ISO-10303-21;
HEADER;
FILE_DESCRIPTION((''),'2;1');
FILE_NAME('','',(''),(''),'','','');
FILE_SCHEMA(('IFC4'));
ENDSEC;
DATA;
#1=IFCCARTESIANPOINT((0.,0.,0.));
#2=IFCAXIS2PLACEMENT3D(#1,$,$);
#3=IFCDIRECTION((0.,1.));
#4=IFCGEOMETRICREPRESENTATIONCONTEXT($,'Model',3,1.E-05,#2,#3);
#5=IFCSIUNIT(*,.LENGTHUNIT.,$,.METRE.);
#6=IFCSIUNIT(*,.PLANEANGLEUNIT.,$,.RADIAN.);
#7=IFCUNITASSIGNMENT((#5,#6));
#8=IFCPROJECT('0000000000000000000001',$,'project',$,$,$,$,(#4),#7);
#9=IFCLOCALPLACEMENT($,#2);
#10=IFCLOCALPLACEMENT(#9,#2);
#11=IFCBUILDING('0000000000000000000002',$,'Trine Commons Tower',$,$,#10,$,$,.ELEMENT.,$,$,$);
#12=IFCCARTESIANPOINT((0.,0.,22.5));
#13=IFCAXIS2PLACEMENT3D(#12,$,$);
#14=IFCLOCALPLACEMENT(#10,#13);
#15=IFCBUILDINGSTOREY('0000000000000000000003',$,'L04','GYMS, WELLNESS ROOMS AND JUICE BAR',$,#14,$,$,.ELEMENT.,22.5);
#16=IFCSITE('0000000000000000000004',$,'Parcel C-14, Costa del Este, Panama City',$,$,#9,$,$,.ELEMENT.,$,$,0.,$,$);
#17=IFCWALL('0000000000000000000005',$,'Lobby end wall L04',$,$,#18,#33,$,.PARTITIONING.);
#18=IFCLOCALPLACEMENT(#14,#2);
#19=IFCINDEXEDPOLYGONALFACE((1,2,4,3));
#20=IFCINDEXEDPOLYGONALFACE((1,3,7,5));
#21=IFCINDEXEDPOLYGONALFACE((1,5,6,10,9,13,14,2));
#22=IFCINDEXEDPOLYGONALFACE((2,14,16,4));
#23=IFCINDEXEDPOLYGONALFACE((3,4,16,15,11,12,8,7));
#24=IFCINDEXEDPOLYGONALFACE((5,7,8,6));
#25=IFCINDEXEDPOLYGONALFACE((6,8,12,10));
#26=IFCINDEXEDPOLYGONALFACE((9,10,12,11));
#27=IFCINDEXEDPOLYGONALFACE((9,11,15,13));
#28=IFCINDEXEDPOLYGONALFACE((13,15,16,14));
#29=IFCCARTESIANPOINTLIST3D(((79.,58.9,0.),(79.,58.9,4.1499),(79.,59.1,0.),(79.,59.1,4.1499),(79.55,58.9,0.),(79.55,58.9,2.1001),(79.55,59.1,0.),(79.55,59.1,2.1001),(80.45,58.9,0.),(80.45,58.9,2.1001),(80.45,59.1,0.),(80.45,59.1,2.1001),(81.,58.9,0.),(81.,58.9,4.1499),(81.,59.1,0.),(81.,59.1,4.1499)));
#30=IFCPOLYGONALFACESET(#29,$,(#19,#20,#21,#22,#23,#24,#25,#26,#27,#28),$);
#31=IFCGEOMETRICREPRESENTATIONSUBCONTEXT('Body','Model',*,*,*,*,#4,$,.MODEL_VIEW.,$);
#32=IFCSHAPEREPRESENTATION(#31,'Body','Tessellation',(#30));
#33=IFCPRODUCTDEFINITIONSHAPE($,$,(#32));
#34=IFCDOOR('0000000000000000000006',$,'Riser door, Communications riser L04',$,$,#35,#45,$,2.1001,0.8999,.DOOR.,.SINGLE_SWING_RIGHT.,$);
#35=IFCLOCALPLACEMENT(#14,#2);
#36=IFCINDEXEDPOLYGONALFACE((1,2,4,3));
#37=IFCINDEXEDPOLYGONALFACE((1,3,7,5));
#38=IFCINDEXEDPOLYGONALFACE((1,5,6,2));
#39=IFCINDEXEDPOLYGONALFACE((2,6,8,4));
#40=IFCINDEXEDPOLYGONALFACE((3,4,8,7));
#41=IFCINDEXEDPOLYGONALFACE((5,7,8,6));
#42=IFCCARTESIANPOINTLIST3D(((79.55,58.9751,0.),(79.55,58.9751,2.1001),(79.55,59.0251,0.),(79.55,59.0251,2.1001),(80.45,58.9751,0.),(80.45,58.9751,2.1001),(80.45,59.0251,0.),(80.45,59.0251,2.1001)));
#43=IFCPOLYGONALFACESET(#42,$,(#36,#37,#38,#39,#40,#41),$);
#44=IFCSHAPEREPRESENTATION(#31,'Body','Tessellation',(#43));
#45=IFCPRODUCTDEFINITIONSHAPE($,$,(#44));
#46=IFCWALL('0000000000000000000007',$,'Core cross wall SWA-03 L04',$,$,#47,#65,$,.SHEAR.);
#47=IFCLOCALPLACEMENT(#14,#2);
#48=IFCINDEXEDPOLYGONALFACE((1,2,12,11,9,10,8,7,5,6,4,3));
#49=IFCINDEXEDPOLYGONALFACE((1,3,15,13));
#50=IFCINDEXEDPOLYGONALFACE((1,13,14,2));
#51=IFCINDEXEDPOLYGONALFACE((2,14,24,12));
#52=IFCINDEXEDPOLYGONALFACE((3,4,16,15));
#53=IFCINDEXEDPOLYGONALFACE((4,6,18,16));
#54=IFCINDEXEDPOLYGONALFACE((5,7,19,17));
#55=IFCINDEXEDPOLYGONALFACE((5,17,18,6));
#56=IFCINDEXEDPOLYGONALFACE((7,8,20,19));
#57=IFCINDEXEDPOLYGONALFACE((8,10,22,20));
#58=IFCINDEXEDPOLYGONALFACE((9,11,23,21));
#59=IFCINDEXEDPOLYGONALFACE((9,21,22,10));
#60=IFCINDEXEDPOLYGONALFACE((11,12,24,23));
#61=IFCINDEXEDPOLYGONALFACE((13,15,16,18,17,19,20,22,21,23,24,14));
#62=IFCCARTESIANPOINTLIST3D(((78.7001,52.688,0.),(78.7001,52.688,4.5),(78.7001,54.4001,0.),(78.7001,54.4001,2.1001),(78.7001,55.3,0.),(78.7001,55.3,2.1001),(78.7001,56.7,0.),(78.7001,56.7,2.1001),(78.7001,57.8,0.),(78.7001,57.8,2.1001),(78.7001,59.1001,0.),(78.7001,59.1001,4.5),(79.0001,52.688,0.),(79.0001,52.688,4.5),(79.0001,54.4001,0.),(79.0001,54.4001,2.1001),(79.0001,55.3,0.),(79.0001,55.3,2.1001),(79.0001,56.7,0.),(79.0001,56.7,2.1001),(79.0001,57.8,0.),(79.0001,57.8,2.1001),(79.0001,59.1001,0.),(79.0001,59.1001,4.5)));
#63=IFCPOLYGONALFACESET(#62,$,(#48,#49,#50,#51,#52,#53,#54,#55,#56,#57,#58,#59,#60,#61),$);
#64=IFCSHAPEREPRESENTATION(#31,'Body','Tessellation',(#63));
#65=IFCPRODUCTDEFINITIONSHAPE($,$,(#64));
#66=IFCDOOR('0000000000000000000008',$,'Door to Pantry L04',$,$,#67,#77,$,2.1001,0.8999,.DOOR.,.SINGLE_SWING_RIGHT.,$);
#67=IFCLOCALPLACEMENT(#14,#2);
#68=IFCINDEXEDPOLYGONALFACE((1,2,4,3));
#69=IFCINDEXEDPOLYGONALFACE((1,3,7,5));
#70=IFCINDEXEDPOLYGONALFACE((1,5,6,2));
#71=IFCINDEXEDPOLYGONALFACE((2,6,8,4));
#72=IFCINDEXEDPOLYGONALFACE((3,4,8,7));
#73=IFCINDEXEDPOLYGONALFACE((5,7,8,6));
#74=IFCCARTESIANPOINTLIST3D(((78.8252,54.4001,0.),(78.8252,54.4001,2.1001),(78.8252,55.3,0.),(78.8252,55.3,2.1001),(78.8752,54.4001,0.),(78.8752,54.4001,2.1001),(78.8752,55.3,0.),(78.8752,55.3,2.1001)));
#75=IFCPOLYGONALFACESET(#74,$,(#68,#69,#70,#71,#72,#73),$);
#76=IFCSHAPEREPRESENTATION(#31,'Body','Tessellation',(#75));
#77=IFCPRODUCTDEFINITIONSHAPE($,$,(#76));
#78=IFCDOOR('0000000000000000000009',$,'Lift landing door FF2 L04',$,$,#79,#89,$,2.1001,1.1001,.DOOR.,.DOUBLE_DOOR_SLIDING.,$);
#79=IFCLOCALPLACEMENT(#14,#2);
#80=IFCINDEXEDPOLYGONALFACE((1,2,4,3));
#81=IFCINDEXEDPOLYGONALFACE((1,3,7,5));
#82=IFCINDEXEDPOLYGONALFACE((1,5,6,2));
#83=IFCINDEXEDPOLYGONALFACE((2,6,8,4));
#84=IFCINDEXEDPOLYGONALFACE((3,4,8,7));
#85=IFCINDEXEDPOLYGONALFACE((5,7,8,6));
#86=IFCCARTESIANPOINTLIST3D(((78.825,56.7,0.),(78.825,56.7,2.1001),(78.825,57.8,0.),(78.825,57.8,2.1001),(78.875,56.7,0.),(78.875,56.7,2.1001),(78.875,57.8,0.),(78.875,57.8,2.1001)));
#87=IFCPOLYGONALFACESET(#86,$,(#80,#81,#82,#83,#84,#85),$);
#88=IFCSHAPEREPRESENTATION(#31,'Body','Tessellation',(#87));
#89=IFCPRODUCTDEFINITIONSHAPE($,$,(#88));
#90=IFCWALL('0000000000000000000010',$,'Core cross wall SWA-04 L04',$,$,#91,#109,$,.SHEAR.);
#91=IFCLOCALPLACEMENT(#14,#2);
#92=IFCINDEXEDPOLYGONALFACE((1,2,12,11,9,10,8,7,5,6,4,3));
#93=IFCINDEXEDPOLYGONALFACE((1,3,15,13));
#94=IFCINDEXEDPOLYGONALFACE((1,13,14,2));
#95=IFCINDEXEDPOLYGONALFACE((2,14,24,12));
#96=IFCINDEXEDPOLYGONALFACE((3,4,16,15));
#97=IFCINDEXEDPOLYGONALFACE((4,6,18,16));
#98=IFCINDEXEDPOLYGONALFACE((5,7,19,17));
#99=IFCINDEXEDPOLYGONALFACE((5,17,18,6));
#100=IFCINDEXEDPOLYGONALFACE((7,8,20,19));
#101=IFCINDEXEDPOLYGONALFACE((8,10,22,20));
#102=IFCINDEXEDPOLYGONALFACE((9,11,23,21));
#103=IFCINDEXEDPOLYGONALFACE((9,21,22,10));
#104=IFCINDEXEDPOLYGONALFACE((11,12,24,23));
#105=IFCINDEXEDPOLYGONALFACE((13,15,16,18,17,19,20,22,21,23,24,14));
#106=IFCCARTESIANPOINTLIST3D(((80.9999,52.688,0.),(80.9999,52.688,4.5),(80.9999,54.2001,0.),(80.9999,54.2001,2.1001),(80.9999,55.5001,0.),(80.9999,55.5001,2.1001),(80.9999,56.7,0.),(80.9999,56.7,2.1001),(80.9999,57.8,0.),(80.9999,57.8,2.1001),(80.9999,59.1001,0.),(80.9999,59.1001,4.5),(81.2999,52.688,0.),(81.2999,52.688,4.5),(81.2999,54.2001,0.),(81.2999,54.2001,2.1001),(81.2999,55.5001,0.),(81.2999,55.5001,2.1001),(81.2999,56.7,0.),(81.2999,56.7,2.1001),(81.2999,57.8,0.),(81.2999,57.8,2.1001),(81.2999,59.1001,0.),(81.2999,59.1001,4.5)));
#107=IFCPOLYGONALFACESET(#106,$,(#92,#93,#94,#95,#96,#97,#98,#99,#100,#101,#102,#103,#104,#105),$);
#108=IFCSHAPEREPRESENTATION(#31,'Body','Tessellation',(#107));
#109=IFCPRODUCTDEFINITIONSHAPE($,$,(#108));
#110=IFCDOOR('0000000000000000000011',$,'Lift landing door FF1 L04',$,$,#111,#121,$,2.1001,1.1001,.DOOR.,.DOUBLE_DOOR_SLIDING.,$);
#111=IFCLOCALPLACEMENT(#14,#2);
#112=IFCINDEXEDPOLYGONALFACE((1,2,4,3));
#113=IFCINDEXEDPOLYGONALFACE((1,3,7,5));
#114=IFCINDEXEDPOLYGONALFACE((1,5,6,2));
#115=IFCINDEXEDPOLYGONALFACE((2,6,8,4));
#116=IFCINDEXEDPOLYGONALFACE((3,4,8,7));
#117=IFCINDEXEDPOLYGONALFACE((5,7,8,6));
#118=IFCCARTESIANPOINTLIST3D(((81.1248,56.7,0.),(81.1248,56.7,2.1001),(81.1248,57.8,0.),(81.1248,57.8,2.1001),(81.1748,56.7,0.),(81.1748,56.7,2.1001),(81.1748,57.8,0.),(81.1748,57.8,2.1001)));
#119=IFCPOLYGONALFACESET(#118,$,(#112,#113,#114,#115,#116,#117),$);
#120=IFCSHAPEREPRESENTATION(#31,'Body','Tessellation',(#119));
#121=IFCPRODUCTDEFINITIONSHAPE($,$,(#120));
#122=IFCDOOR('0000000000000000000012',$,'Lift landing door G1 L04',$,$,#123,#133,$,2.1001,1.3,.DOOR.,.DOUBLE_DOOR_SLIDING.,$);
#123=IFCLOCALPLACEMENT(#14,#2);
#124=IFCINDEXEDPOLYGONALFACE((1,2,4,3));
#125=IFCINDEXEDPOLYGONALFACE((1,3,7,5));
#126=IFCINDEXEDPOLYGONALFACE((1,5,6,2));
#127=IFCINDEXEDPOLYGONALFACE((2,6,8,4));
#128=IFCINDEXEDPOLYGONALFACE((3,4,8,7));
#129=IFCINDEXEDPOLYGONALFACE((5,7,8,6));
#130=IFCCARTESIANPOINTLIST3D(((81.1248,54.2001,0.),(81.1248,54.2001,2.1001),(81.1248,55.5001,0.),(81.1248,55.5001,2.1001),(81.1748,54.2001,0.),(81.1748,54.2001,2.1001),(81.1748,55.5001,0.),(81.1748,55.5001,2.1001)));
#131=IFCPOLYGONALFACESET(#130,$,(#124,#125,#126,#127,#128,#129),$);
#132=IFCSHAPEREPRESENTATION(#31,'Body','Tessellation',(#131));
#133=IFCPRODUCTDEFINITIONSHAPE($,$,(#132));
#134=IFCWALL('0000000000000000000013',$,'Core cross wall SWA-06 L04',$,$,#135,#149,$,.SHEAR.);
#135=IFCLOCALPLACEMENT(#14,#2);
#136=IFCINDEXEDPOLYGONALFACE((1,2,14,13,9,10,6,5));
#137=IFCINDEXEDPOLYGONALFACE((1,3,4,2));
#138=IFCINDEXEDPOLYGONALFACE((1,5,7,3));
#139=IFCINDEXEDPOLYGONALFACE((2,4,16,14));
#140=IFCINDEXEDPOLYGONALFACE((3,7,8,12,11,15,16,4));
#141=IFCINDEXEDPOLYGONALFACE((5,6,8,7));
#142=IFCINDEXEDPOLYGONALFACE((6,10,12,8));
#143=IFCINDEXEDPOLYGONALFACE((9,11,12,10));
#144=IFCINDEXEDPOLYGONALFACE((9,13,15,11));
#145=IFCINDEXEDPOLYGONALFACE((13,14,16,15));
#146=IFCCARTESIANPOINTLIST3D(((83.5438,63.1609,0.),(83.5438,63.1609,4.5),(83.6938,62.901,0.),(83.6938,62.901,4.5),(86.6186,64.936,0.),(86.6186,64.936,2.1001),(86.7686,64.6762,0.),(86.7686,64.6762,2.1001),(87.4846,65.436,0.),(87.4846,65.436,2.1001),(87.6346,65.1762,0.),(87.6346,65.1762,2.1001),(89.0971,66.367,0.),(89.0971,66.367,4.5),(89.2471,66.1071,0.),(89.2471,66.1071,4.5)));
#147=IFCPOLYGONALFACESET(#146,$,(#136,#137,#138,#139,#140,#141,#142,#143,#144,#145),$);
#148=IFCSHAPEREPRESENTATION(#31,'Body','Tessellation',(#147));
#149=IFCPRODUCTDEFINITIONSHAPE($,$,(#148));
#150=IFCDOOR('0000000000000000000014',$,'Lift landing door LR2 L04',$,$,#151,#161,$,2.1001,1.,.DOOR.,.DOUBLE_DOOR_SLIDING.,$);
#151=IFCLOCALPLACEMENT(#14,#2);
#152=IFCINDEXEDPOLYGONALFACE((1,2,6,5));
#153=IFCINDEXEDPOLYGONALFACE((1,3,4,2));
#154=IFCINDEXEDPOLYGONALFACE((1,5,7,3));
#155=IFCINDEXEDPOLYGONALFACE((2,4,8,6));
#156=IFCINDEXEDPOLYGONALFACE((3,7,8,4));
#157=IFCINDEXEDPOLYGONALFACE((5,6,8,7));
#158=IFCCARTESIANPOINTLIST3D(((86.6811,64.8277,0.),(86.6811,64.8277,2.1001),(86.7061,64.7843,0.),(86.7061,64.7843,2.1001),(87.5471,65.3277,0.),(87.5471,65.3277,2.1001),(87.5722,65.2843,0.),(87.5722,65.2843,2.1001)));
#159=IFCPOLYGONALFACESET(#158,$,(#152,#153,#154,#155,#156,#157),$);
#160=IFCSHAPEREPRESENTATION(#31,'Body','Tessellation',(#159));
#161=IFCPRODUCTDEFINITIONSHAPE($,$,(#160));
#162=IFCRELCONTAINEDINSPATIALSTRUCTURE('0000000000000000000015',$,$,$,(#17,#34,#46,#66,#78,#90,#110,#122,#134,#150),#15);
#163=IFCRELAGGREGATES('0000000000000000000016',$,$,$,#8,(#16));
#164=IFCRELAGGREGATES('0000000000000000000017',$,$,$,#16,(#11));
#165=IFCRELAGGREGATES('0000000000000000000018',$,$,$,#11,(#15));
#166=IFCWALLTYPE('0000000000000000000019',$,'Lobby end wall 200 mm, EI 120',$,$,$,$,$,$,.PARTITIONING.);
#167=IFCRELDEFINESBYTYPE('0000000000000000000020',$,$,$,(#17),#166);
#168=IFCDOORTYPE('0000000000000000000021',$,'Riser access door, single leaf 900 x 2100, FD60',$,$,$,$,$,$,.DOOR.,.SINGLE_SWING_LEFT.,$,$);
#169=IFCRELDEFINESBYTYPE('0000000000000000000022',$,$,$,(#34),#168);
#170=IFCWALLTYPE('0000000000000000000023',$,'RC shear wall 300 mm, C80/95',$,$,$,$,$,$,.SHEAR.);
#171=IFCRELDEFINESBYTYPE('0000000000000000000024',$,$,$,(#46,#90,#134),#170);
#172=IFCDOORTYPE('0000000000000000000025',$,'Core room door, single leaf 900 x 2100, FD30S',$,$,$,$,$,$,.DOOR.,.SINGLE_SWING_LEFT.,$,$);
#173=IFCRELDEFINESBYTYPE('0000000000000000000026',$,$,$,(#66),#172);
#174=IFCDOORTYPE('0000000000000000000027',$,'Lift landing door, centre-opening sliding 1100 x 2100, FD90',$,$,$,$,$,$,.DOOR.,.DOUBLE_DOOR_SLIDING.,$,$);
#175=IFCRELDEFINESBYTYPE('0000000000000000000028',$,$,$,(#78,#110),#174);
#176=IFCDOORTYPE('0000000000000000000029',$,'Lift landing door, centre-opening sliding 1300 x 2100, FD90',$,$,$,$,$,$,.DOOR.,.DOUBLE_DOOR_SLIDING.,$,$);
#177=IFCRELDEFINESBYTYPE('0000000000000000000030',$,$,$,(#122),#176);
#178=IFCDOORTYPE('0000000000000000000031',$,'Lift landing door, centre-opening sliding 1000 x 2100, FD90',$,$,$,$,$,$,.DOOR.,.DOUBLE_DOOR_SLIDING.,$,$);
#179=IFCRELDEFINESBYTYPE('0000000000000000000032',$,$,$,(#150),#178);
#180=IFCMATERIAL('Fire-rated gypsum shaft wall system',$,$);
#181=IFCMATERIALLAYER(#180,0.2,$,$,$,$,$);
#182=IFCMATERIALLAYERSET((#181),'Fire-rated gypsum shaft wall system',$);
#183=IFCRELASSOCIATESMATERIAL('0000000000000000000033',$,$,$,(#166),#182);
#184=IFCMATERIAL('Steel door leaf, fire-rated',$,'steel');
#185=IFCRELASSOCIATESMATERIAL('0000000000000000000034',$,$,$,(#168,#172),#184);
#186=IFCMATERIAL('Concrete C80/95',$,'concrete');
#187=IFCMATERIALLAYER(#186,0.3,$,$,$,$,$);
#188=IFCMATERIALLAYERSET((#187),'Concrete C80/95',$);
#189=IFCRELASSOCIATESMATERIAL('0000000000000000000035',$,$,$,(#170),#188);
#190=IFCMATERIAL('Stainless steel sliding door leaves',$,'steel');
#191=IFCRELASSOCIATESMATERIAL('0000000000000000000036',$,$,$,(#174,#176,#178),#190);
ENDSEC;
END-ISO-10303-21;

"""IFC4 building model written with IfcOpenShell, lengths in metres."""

from ifc_helpers import new_model, si_unit, direction, frame, frame_2d, origin, place, context, subcontext, project, spatial, rectangle, extrude, material, layer, layer_set, type_object, element, fill, save


model = new_model("IFC4")

# Units and contexts
model_context = context("Model", 3, precision=1e-05, world=origin(), true_north=direction((0.0, 1.0)))
body_context = subcontext(model_context, "Body", "Model", "MODEL_VIEW")
ifc_project = project(units=[si_unit("LENGTHUNIT", "METRE"), si_unit("PLANEANGLEUNIT", "RADIAN")], contexts=[model_context])

# Site, building, storey
site_placement = place(None, origin())
site = spatial("IfcSite", under=ifc_project, at=site_placement, Name="Parcel C-14, Costa del Este, Panama City", CompositionType="ELEMENT", RefElevation=0.0)
building_placement = place(site_placement, origin())
building = spatial("IfcBuilding", under=site, at=building_placement, Name="Trine Commons Tower", CompositionType="ELEMENT")
storey_placement = place(building_placement, frame((0.0, 0.0, 22.5)))
storey = spatial("IfcBuildingStorey", under=building, at=storey_placement, Name="L04", Description="GYMS, WELLNESS ROOMS AND JUICE BAR", CompositionType="ELEMENT", Elevation=22.5)

# Wall, opening, door
ifc_material_1 = material(Name="Fire-rated gypsum shaft wall system")
ifc_layer_1 = layer(ifc_material_1, 0.2)
ifc_layer_set_1 = layer_set([ifc_layer_1], Name="Fire-rated gypsum shaft wall system")
wall_type_1 = type_object("IfcWallType", Name="Lobby end wall 200 mm, EI 120", PredefinedType="PARTITIONING", material=ifc_layer_set_1)
wall_1_placement = place(storey_placement, frame((79.0, 59.0, 0.0), z_axis=(0.0, 0.0, 1.0), x_axis=(1.0, 0.0, 0.0)))
wall_1 = element("IfcWall", 1, at=wall_1_placement, inside=storey, type_object=wall_type_1, Name="Lobby end wall L04", PredefinedType="PARTITIONING", context=body_context, shape_type="SweptSolid", body=[
    extrude(rectangle(XDim=2.0, YDim=0.2, at=frame_2d((1.0, 0.0))), origin(), (0.0, 0.0, 1.0), 4.1499),
])
opening_1_placement = place(wall_1_placement, frame((0.55, 0.0, 0.0)))
opening_1 = element("IfcOpeningElement", 2, at=opening_1_placement, cuts=wall_1, PredefinedType="OPENING", context=body_context, shape_type="SweptSolid", body=[
    extrude(rectangle(XDim=0.8999, YDim=2.1001, at=frame_2d((0.45, 1.05))), frame((0.0, 0.1099, 0.0), z_axis=(0.0, -1.0, 0.0), x_axis=(1.0, 0.0, 0.0)), (0.0, 0.0, 1.0), 0.22),
])
ifc_material_2 = material(Name="Steel door leaf, fire-rated", Category="steel")
door_type_1 = type_object("IfcDoorType", Name="Riser access door, single leaf 900 x 2100, FD60", OperationType="SINGLE_SWING_LEFT", PredefinedType="DOOR", material=ifc_material_2)
door_1_placement = place(opening_1_placement, frame((0.8999, 0.0, 0.0), z_axis=(0.0, 0.0, 1.0), x_axis=(-1.0, 0.0, 0.0)))
door_1 = element("IfcDoor", 3, at=door_1_placement, inside=storey, type_object=door_type_1, Name="Riser door, Communications riser L04", OperationType="SINGLE_SWING_RIGHT", OverallHeight=2.1001, OverallWidth=0.8999, PredefinedType="DOOR", context=body_context, shape_type="SweptSolid", body=[
    extrude(rectangle(XDim=0.8999, YDim=2.1001, at=frame_2d((0.45, 1.05))), frame((0.0, 0.0249, 0.0), z_axis=(0.0, -1.0, 0.0), x_axis=(1.0, 0.0, 0.0)), (0.0, 0.0, 1.0), 0.05),
])
fill(opening_1, door_1)

# Walls, openings, doors
ifc_material_3 = material(Name="Concrete C80/95", Category="concrete")
ifc_layer_2 = layer(ifc_material_3, 0.3)
ifc_layer_set_2 = layer_set([ifc_layer_2], Name="Concrete C80/95")
wall_type_2 = type_object("IfcWallType", Name="RC shear wall 300 mm, C80/95", PredefinedType="SHEAR", material=ifc_layer_set_2)
wall_2_placement = place(storey_placement, frame((78.8501, 59.1001, 0.0), z_axis=(0.0, 0.0, 1.0), x_axis=(0.0, -1.0, 0.0)))
wall_2 = element("IfcWall", 4, at=wall_2_placement, inside=storey, type_object=wall_type_2, Name="Core cross wall SWA-03 L04", PredefinedType="SHEAR", context=body_context, shape_type="SweptSolid", body=[
    extrude(rectangle(XDim=6.4121, YDim=0.3, at=frame_2d((3.2061, 0.0))), origin(), (0.0, 0.0, 1.0), 4.5),
])
opening_2_placement = place(wall_2_placement, frame((3.8, 0.0, 0.0)))
opening_2 = element("IfcOpeningElement", 5, at=opening_2_placement, cuts=wall_2, PredefinedType="OPENING", context=body_context, shape_type="SweptSolid", body=[
    extrude(rectangle(XDim=0.8999, YDim=2.1001, at=frame_2d((0.45, 1.05))), frame((0.0, 0.1599, 0.0), z_axis=(0.0, -1.0, 0.0), x_axis=(1.0, 0.0, 0.0)), (0.0, 0.0, 1.0), 0.3201),
])
opening_3_placement = place(wall_2_placement, frame((1.3, 0.0, 0.0)))
opening_3 = element("IfcOpeningElement", 6, at=opening_3_placement, cuts=wall_2, PredefinedType="OPENING", context=body_context, shape_type="SweptSolid", body=[
    extrude(rectangle(XDim=1.1001, YDim=2.1001, at=frame_2d((0.55, 1.05))), frame((0.0, 0.1599, 0.0), z_axis=(0.0, -1.0, 0.0), x_axis=(1.0, 0.0, 0.0)), (0.0, 0.0, 1.0), 0.3201),
])
door_type_2 = type_object("IfcDoorType", Name="Core room door, single leaf 900 x 2100, FD30S", OperationType="SINGLE_SWING_LEFT", PredefinedType="DOOR", material=ifc_material_2)
door_2_placement = place(opening_2_placement, frame((0.8999, 0.0, 0.0), z_axis=(0.0, 0.0, 1.0), x_axis=(-1.0, 0.0, 0.0)))
door_2 = element("IfcDoor", 7, at=door_2_placement, inside=storey, type_object=door_type_2, Name="Door to Pantry L04", OperationType="SINGLE_SWING_RIGHT", OverallHeight=2.1001, OverallWidth=0.8999, PredefinedType="DOOR", context=body_context, shape_type="SweptSolid", body=[
    extrude(rectangle(XDim=0.8999, YDim=2.1001, at=frame_2d((0.45, 1.05))), frame((0.0, 0.0249, 0.0), z_axis=(0.0, -1.0, 0.0), x_axis=(1.0, 0.0, 0.0)), (0.0, 0.0, 1.0), 0.05),
])
fill(opening_2, door_2)
ifc_material_4 = material(Name="Stainless steel sliding door leaves", Category="steel")
door_type_3 = type_object("IfcDoorType", Name="Lift landing door, centre-opening sliding 1100 x 2100, FD90", OperationType="DOUBLE_DOOR_SLIDING", PredefinedType="DOOR", material=ifc_material_4)
door_3_placement = place(opening_3_placement, origin())
door_3 = element("IfcDoor", 8, at=door_3_placement, inside=storey, type_object=door_type_3, Name="Lift landing door FF2 L04", OperationType="DOUBLE_DOOR_SLIDING", OverallHeight=2.1001, OverallWidth=1.1001, PredefinedType="DOOR", context=body_context, shape_type="SweptSolid", body=[
    extrude(rectangle(XDim=1.1001, YDim=2.1001, at=frame_2d((0.55, 1.05))), frame((0.0, 0.0249, 0.0), z_axis=(0.0, -1.0, 0.0), x_axis=(1.0, 0.0, 0.0)), (0.0, 0.0, 1.0), 0.05),
])
fill(opening_3, door_3)
wall_3_placement = place(storey_placement, frame((81.1499, 59.1001, 0.0), z_axis=(0.0, 0.0, 1.0), x_axis=(0.0, -1.0, 0.0)))
wall_3 = element("IfcWall", 9, at=wall_3_placement, inside=storey, type_object=wall_type_2, Name="Core cross wall SWA-04 L04", PredefinedType="SHEAR", context=body_context, shape_type="SweptSolid", body=[
    extrude(rectangle(XDim=6.4121, YDim=0.3, at=frame_2d((3.2061, 0.0))), origin(), (0.0, 0.0, 1.0), 4.5),
])
opening_4_placement = place(wall_3_placement, frame((3.6001, 0.0, 0.0)))
opening_4 = element("IfcOpeningElement", 10, at=opening_4_placement, cuts=wall_3, PredefinedType="OPENING", context=body_context, shape_type="SweptSolid", body=[
    extrude(rectangle(XDim=1.3, YDim=2.1001, at=frame_2d((0.6499, 1.05))), frame((0.0, 0.1599, 0.0), z_axis=(0.0, -1.0, 0.0), x_axis=(1.0, 0.0, 0.0)), (0.0, 0.0, 1.0), 0.3201),
])
opening_5_placement = place(wall_3_placement, frame((1.3, 0.0, 0.0)))
opening_5 = element("IfcOpeningElement", 11, at=opening_5_placement, cuts=wall_3, PredefinedType="OPENING", context=body_context, shape_type="SweptSolid", body=[
    extrude(rectangle(XDim=1.1001, YDim=2.1001, at=frame_2d((0.55, 1.05))), frame((0.0, 0.1599, 0.0), z_axis=(0.0, -1.0, 0.0), x_axis=(1.0, 0.0, 0.0)), (0.0, 0.0, 1.0), 0.3201),
])
door_4_placement = place(opening_5_placement, origin())
door_4 = element("IfcDoor", 12, at=door_4_placement, inside=storey, type_object=door_type_3, Name="Lift landing door FF1 L04", OperationType="DOUBLE_DOOR_SLIDING", OverallHeight=2.1001, OverallWidth=1.1001, PredefinedType="DOOR", context=body_context, shape_type="SweptSolid", body=[
    extrude(rectangle(XDim=1.1001, YDim=2.1001, at=frame_2d((0.55, 1.05))), frame((0.0, 0.0249, 0.0), z_axis=(0.0, -1.0, 0.0), x_axis=(1.0, 0.0, 0.0)), (0.0, 0.0, 1.0), 0.05),
])
fill(opening_5, door_4)
door_type_4 = type_object("IfcDoorType", Name="Lift landing door, centre-opening sliding 1300 x 2100, FD90", OperationType="DOUBLE_DOOR_SLIDING", PredefinedType="DOOR", material=ifc_material_4)
door_5_placement = place(opening_4_placement, origin())
door_5 = element("IfcDoor", 13, at=door_5_placement, inside=storey, type_object=door_type_4, Name="Lift landing door G1 L04", OperationType="DOUBLE_DOOR_SLIDING", OverallHeight=2.1001, OverallWidth=1.3, PredefinedType="DOOR", context=body_context, shape_type="SweptSolid", body=[
    extrude(rectangle(XDim=1.3, YDim=2.1001, at=frame_2d((0.6499, 1.05))), frame((0.0, 0.0249, 0.0), z_axis=(0.0, -1.0, 0.0), x_axis=(1.0, 0.0, 0.0)), (0.0, 0.0, 1.0), 0.05),
])
fill(opening_4, door_5)

# Wall, opening, door
wall_4_placement = place(storey_placement, frame((83.6189, 63.031, 0.0), z_axis=(0.0, 0.0, 1.0), x_axis=(0.866032, 0.499988, 0.0)))
wall_4 = element("IfcWall", 14, at=wall_4_placement, inside=storey, type_object=wall_type_2, Name="Core cross wall SWA-06 L04", PredefinedType="SHEAR", context=body_context, shape_type="SweptSolid", body=[
    extrude(rectangle(XDim=6.4124, YDim=0.3, at=frame_2d((3.2061, 0.0))), origin(), (0.0, 0.0, 1.0), 4.5),
])
opening_6_placement = place(wall_4_placement, frame((3.5503, 0.0, 0.0)))
opening_6 = element("IfcOpeningElement", 15, at=opening_6_placement, cuts=wall_4, PredefinedType="OPENING", context=body_context, shape_type="SweptSolid", body=[
    extrude(rectangle(XDim=1.0, YDim=2.1001, at=frame_2d((0.5, 1.05))), frame((0.0, 0.1599, 0.0), z_axis=(0.0, -1.0, 0.0), x_axis=(1.0, 0.0, 0.0)), (0.0, 0.0, 1.0), 0.3201),
])
door_type_5 = type_object("IfcDoorType", Name="Lift landing door, centre-opening sliding 1000 x 2100, FD90", OperationType="DOUBLE_DOOR_SLIDING", PredefinedType="DOOR", material=ifc_material_4)
door_6_placement = place(opening_6_placement, origin())
door_6 = element("IfcDoor", 16, at=door_6_placement, inside=storey, type_object=door_type_5, Name="Lift landing door LR2 L04", OperationType="DOUBLE_DOOR_SLIDING", OverallHeight=2.1001, OverallWidth=1.0, PredefinedType="DOOR", context=body_context, shape_type="SweptSolid", body=[
    extrude(rectangle(XDim=1.0, YDim=2.1001, at=frame_2d((0.5, 1.05))), frame((0.0, 0.0249, 0.0), z_axis=(0.0, -1.0, 0.0), x_axis=(1.0, 0.0, 0.0)), (0.0, 0.0, 1.0), 0.05),
])
fill(opening_6, door_6)

save(model, "model.ifc")
